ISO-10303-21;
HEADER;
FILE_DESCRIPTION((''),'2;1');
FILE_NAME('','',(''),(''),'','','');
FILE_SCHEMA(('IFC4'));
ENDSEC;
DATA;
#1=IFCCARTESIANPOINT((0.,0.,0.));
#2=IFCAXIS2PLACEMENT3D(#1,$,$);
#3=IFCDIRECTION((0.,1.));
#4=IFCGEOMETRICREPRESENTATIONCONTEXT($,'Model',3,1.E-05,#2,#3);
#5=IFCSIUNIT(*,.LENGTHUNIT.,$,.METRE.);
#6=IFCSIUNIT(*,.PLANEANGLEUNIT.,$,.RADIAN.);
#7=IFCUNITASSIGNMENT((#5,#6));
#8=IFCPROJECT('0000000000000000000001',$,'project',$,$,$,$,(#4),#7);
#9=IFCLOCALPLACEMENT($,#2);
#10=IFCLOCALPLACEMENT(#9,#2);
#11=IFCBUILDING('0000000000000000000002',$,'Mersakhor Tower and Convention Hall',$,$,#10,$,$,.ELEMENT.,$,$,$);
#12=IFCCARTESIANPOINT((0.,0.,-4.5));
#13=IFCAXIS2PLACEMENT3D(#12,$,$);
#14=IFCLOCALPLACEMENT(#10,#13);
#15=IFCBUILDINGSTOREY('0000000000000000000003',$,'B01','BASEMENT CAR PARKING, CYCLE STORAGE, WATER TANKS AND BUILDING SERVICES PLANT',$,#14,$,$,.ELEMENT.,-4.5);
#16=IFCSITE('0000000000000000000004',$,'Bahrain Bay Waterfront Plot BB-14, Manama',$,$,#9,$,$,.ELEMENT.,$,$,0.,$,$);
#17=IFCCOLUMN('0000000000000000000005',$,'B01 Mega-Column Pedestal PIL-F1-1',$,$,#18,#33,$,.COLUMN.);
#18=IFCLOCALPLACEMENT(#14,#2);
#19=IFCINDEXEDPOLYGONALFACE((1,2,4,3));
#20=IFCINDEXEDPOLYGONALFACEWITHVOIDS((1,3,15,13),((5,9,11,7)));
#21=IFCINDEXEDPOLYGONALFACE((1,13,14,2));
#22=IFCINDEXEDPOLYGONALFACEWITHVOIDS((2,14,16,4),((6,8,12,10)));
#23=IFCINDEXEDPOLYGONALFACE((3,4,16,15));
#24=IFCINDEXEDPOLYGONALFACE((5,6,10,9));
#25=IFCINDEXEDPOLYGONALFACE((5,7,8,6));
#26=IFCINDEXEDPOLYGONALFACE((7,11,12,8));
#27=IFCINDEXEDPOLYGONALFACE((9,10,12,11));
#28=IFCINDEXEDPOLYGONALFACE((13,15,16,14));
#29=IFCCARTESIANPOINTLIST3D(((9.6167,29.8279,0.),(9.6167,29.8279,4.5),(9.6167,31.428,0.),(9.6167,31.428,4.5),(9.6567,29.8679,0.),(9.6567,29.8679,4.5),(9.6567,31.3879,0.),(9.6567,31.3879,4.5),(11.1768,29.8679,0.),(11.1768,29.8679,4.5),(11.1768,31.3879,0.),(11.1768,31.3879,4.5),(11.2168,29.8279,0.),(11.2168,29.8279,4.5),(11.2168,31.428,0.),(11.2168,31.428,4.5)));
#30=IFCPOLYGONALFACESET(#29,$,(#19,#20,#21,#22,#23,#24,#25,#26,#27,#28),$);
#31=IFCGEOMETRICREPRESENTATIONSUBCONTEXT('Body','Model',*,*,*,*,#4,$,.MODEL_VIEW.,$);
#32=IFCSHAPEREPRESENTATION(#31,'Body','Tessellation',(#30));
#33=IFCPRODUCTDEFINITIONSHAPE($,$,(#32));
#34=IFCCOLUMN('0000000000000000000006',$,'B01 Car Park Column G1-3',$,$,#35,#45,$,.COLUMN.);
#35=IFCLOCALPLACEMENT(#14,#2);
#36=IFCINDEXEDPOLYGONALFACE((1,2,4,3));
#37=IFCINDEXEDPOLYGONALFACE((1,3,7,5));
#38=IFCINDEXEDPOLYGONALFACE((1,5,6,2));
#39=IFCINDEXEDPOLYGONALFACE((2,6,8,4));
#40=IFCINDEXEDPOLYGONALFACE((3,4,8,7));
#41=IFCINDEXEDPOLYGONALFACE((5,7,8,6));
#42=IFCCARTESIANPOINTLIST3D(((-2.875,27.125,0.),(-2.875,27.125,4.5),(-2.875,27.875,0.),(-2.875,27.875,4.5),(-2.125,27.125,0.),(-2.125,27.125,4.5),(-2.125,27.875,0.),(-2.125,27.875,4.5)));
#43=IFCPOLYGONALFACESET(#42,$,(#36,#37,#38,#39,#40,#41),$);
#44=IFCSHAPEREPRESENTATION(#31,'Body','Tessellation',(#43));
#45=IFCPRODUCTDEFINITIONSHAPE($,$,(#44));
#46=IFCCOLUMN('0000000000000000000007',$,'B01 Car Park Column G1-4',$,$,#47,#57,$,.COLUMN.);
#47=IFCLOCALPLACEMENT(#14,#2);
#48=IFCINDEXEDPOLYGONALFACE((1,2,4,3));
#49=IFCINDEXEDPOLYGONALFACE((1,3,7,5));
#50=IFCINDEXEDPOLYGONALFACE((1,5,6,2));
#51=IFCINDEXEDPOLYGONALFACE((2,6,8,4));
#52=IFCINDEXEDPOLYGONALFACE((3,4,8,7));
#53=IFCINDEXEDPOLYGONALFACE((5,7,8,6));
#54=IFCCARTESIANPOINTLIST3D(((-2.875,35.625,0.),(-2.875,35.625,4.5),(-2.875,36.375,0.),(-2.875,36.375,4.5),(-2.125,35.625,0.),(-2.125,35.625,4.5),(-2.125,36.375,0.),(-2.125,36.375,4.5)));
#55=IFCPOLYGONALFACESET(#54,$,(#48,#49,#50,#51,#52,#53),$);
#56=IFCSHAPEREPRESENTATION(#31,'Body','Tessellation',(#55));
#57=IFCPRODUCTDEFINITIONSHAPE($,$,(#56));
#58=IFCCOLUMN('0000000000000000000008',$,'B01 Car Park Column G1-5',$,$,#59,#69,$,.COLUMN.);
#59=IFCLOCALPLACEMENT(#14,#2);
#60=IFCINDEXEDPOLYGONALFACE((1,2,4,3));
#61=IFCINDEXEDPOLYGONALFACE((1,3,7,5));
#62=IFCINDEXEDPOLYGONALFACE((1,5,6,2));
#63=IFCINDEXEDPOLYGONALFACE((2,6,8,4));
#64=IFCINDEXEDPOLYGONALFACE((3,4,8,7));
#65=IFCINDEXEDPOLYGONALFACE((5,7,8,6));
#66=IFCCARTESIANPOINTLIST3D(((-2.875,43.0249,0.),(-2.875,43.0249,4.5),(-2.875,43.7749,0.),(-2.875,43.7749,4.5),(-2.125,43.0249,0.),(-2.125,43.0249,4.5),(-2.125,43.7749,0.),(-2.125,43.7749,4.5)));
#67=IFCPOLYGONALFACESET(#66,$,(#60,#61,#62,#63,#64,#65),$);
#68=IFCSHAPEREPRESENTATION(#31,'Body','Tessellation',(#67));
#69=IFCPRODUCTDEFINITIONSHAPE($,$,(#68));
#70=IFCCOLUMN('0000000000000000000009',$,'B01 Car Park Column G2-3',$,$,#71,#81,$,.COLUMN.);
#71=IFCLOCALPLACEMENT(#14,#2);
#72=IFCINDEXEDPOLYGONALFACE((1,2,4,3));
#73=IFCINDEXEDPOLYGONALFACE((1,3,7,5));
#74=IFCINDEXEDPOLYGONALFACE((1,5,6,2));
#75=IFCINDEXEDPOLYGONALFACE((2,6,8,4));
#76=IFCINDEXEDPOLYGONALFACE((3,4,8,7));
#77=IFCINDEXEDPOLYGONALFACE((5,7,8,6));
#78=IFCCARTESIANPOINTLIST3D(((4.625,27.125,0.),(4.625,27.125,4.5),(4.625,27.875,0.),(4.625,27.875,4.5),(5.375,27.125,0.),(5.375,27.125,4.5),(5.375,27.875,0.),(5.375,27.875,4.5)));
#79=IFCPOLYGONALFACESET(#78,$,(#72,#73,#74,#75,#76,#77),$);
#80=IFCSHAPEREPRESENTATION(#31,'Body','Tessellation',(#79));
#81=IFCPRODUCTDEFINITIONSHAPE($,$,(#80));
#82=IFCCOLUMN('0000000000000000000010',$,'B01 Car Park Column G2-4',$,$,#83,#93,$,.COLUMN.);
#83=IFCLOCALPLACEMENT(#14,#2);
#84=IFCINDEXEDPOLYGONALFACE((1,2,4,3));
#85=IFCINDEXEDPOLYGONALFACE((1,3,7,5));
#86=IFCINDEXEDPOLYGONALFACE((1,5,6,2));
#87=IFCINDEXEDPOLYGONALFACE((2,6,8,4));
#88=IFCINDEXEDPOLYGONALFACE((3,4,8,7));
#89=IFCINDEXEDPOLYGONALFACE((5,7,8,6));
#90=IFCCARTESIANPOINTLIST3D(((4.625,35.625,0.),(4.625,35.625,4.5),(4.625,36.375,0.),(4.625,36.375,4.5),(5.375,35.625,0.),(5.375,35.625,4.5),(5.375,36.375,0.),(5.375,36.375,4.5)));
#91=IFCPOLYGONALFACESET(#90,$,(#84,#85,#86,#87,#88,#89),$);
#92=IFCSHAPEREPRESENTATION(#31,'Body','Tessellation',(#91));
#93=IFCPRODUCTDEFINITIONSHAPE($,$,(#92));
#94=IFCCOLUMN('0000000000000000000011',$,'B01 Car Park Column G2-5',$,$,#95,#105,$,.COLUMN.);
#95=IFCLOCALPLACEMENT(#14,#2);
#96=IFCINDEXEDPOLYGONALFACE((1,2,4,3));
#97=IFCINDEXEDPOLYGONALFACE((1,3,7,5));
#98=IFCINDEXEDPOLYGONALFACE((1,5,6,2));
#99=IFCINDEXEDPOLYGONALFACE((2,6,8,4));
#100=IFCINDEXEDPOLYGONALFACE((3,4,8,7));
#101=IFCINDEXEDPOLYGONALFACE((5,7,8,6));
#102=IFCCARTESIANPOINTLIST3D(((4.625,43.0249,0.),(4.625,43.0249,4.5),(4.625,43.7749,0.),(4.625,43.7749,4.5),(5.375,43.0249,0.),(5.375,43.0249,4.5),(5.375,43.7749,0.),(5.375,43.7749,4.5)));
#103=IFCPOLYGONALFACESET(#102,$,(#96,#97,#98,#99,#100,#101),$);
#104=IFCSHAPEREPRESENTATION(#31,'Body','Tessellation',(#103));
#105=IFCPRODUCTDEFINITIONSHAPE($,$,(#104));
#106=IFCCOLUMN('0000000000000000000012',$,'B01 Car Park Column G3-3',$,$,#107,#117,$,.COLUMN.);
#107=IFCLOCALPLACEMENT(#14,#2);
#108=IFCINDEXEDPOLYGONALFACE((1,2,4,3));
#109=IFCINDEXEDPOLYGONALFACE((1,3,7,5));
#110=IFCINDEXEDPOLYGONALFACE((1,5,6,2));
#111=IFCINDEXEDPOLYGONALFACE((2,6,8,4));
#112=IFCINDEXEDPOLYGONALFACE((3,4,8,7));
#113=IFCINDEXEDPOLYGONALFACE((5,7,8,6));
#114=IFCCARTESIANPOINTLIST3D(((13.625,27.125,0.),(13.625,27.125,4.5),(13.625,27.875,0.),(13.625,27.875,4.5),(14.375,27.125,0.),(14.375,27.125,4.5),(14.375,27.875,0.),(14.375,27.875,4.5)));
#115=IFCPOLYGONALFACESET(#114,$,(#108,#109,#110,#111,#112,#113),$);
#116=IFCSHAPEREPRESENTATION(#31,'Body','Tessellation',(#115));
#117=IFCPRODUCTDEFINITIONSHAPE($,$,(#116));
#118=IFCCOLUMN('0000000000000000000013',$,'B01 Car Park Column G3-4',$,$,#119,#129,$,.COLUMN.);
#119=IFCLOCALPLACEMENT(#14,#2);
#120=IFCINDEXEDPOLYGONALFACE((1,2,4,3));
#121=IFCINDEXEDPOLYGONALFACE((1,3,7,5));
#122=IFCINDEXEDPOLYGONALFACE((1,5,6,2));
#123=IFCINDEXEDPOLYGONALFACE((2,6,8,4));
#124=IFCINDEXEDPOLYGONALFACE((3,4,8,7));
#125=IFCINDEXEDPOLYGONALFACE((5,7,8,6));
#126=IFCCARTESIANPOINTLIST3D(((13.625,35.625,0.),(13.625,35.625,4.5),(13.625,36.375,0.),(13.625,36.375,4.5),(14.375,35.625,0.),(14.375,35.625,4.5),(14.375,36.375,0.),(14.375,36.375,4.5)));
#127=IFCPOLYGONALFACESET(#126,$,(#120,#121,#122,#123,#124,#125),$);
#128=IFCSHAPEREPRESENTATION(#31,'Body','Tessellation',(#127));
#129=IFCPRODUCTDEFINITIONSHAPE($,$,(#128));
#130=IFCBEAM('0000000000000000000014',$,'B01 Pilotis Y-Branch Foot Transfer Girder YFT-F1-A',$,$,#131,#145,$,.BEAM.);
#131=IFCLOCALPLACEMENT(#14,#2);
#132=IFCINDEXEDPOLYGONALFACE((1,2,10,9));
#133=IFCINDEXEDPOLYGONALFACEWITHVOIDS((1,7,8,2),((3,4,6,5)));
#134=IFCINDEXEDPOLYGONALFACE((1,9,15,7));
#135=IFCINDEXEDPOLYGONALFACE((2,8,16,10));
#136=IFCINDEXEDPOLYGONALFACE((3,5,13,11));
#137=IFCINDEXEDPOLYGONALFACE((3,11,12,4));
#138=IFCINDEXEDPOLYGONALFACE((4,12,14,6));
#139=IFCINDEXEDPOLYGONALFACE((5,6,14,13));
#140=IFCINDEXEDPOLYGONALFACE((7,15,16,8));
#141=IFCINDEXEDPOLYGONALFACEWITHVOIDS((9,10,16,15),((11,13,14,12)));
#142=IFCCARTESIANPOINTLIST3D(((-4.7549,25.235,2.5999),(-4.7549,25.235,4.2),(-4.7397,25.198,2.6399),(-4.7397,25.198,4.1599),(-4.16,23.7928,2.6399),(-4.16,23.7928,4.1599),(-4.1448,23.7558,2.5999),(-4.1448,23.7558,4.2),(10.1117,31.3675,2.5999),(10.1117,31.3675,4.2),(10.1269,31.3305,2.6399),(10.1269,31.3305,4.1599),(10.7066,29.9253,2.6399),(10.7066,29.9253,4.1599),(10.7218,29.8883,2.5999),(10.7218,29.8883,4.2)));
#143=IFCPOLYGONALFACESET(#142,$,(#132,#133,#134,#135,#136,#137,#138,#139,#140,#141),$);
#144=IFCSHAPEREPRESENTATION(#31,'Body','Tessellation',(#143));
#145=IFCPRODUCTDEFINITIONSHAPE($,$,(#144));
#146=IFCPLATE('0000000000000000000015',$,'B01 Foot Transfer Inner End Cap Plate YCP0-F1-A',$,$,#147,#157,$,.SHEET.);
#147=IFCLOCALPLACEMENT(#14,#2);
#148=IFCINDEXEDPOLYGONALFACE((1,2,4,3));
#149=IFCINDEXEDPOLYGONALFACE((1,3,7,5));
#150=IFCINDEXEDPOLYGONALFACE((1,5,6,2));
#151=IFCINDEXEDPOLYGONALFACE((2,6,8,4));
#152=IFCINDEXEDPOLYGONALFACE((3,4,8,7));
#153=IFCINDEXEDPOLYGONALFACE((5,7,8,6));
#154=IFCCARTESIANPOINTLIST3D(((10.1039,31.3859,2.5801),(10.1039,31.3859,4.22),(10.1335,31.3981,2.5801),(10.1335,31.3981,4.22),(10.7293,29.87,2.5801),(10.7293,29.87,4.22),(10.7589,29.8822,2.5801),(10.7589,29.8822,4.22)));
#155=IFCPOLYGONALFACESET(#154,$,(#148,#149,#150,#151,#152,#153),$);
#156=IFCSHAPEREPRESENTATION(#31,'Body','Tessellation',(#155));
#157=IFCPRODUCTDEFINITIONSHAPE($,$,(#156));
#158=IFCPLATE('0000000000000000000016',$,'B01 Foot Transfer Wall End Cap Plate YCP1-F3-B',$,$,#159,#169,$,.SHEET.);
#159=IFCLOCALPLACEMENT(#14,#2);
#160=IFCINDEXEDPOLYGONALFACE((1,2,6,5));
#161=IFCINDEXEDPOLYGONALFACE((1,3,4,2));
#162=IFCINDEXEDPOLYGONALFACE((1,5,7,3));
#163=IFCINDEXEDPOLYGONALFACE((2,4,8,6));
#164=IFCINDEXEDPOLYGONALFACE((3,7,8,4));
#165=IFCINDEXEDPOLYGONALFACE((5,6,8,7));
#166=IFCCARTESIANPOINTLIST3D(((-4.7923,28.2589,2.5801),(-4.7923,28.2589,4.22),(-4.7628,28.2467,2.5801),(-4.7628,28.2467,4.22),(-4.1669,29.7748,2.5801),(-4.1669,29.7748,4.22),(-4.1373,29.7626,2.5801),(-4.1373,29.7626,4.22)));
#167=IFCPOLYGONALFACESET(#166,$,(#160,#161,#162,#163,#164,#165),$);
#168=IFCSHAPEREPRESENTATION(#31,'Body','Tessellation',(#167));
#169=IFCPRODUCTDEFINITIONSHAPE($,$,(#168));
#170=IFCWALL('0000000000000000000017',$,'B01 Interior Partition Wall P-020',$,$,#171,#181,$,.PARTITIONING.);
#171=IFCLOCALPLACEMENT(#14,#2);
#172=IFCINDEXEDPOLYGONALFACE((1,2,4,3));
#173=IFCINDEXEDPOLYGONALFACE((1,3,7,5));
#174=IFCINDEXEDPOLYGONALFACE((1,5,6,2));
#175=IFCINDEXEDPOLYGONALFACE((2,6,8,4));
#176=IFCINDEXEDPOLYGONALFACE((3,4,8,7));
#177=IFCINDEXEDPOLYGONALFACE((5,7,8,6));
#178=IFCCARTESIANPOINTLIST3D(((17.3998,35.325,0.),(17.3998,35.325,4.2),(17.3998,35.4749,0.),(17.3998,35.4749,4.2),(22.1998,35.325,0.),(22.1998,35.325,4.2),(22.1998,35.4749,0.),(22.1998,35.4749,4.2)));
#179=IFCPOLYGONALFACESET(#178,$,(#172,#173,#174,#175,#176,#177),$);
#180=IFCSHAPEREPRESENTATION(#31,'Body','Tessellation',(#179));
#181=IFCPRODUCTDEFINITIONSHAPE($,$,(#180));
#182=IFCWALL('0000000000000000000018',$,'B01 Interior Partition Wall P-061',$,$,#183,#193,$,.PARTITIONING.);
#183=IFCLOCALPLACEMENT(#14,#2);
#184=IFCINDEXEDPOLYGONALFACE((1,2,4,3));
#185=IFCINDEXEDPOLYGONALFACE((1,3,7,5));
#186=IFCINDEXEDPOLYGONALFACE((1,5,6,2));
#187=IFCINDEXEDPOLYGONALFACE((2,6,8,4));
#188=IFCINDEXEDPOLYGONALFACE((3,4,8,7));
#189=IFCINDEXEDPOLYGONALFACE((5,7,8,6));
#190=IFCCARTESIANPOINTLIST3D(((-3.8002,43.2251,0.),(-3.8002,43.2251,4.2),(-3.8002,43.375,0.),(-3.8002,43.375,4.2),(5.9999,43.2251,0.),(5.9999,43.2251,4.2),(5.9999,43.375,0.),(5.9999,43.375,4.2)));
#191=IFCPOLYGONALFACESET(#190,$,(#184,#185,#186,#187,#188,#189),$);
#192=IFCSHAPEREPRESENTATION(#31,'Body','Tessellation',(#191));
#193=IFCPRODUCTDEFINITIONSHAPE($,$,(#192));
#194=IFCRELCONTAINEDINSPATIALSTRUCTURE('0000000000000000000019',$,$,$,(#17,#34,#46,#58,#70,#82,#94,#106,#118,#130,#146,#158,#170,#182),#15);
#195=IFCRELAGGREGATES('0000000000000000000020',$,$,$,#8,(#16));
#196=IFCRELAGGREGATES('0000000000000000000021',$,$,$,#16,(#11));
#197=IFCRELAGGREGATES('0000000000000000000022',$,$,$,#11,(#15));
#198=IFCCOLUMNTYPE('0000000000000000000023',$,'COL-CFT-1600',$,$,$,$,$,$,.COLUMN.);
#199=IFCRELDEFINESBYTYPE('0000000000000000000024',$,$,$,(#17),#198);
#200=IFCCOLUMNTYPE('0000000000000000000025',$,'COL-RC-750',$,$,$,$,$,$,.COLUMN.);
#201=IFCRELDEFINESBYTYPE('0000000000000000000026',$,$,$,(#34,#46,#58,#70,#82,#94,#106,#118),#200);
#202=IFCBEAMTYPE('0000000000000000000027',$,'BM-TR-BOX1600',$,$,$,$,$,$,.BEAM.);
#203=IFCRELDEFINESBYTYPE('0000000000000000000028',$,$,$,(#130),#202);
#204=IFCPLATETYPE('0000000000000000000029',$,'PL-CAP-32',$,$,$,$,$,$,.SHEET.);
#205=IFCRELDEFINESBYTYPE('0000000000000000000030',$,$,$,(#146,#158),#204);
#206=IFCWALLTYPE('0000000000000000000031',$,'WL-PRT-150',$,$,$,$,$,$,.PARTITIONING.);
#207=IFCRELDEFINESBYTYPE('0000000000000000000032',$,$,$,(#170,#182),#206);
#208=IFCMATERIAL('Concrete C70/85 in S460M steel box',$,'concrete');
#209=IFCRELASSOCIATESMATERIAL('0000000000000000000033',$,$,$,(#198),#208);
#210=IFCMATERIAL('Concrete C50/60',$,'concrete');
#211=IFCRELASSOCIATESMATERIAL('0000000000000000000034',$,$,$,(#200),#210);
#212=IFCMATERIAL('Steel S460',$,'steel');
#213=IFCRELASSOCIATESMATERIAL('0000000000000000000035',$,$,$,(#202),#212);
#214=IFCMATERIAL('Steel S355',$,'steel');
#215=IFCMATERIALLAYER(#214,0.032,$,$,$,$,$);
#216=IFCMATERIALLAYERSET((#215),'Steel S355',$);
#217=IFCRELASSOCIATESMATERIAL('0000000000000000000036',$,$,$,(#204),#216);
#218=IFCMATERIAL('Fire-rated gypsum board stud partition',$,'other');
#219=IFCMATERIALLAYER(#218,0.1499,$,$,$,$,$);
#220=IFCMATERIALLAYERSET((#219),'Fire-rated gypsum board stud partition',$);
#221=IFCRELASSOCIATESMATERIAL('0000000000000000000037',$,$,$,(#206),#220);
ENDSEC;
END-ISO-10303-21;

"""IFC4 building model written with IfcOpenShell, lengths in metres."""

from ifc_helpers import new_model, si_unit, direction, frame, frame_2d, origin, origin_2d, place, context, subcontext, project, spatial, rectangle, hollow_rectangle, extrude, material, layer, layer_set, material_profile, profile_set, type_object, element, save


model = new_model("IFC4")

# Units and contexts
model_context = context("Model", 3, precision=1e-05, world=origin(), true_north=direction((0.0, 1.0)))
body_context = subcontext(model_context, "Body", "Model", "MODEL_VIEW")
ifc_project = project(units=[si_unit("LENGTHUNIT", "METRE"), si_unit("PLANEANGLEUNIT", "RADIAN")], contexts=[model_context])

# Site, building, storey
site_placement = place(None, origin())
site = spatial("IfcSite", under=ifc_project, at=site_placement, Name="Bahrain Bay Waterfront Plot BB-14, Manama", CompositionType="ELEMENT", RefElevation=0.0)
building_placement = place(site_placement, origin())
building = spatial("IfcBuilding", under=site, at=building_placement, Name="Mersakhor Tower and Convention Hall", CompositionType="ELEMENT")
storey_placement = place(building_placement, frame((0.0, 0.0, -4.5)))
storey = spatial("IfcBuildingStorey", under=building, at=storey_placement, Name="B01", Description="BASEMENT CAR PARKING, CYCLE STORAGE, WATER TANKS AND BUILDING SERVICES PLANT", CompositionType="ELEMENT", Elevation=-4.5)

# Columns
ifc_material_1 = material(Name="Concrete C70/85 in S460M steel box", Category="concrete")
ifc_material_profile_1 = material_profile(ifc_material_1, hollow_rectangle(XDim=1.6001, YDim=1.6001, WallThickness=0.04, at=origin_2d()), Name="SHS 1600x1600x40")
ifc_profile_set_1 = profile_set([ifc_material_profile_1], Name="Concrete C70/85 in S460M steel box")
column_type_1 = type_object("IfcColumnType", Name="COL-CFT-1600", PredefinedType="COLUMN", material=ifc_profile_set_1)
column_placement = place(storey_placement, frame((10.4167, 30.6279, 0.0), z_axis=(0.0, 0.0, 1.0), x_axis=(1.0, 0.0, 0.0)))
element("IfcColumn", 1, at=column_placement, inside=storey, type_object=column_type_1, Name="B01 Mega-Column Pedestal PIL-F1-1", PredefinedType="COLUMN", context=body_context, shape_type="SweptSolid", body=[
    extrude(hollow_rectangle(XDim=1.6001, YDim=1.6001, WallThickness=0.04, at=origin_2d()), origin(), (0.0, 0.0, 1.0), 4.5),
])
ifc_material_2 = material(Name="Concrete C50/60", Category="concrete")
ifc_material_profile_2 = material_profile(ifc_material_2, rectangle(XDim=0.75, YDim=0.75, at=origin_2d()), Name="RC 750x750")
ifc_profile_set_2 = profile_set([ifc_material_profile_2], Name="Concrete C50/60")
column_type_2 = type_object("IfcColumnType", Name="COL-RC-750", PredefinedType="COLUMN", material=ifc_profile_set_2)
for number, where, z_axis, x_axis, name in (
    (2, (-2.5, 27.5, 0.0), (0.0, 0.0, 1.0), (1.0, 0.0, 0.0), "B01 Car Park Column G1-3"),
    (3, (-2.5, 36.0, 0.0), (0.0, 0.0, 1.0), (1.0, 0.0, 0.0), "B01 Car Park Column G1-4"),
    (4, (-2.5, 43.3999, 0.0), (0.0, 0.0, 1.0), (1.0, 0.0, 0.0), "B01 Car Park Column G1-5"),
    (5, (5.0, 27.5, 0.0), (0.0, 0.0, 1.0), (1.0, 0.0, 0.0), "B01 Car Park Column G2-3"),
    (6, (5.0, 36.0, 0.0), (0.0, 0.0, 1.0), (1.0, 0.0, 0.0), "B01 Car Park Column G2-4"),
    (7, (5.0, 43.3999, 0.0), (0.0, 0.0, 1.0), (1.0, 0.0, 0.0), "B01 Car Park Column G2-5"),
    (8, (14.0, 27.5, 0.0), (0.0, 0.0, 1.0), (1.0, 0.0, 0.0), "B01 Car Park Column G3-3"),
    (9, (14.0, 36.0, 0.0), (0.0, 0.0, 1.0), (1.0, 0.0, 0.0), "B01 Car Park Column G3-4"),
):
    element("IfcColumn", number, at=place(storey_placement, frame(where, z_axis=z_axis, x_axis=x_axis)), inside=storey, type_object=column_type_2, Name=name, PredefinedType="COLUMN", context=body_context, shape_type="SweptSolid", body=[
        extrude(rectangle(XDim=0.75, YDim=0.75, at=origin_2d()), origin(), (0.0, 0.0, 1.0), 4.5),
    ])

# Beam
ifc_material_3 = material(Name="Steel S460", Category="steel")
ifc_material_profile_3 = material_profile(ifc_material_3, hollow_rectangle(XDim=1.6001, YDim=1.6001, WallThickness=0.04, at=origin_2d()), Name="SHS 1600x1600x40")
ifc_profile_set_3 = profile_set([ifc_material_profile_3], Name="Steel S460")
beam_type = type_object("IfcBeamType", Name="BM-TR-BOX1600", PredefinedType="BEAM", material=ifc_profile_set_3)
beam_placement = place(storey_placement, frame((10.4167, 30.6279, 3.3999), z_axis=(-0.924437, -0.381334, 0.0), x_axis=(0.381334, -0.924437, 0.0)))
element("IfcBeam", 10, at=beam_placement, inside=storey, type_object=beam_type, Name="B01 Pilotis Y-Branch Foot Transfer Girder YFT-F1-A", PredefinedType="BEAM", context=body_context, shape_type="SweptSolid", body=[
    extrude(hollow_rectangle(XDim=1.6001, YDim=1.6001, WallThickness=0.04, at=origin_2d()), origin(), (0.0, 0.0, 1.0), 16.0818),
])

# Plates
ifc_material_4 = material(Name="Steel S355", Category="steel")
ifc_layer_1 = layer(ifc_material_4, 0.032)
ifc_layer_set_1 = layer_set([ifc_layer_1], Name="Steel S355")
plate_type = type_object("IfcPlateType", Name="PL-CAP-32", PredefinedType="SHEET", material=ifc_layer_set_1)
for number, where, z_axis, x_axis, name in (
    (11, (10.4314, 30.634, 2.5801), (0.0, 0.0, 1.0), (-0.924413, -0.381393, 0.0), "B01 Foot Transfer Inner End Cap Plate YCP0-F1-A"),
    (12, (-4.4648, 29.0107, 2.5801), (0.0, 0.0, 1.0), (-0.924413, 0.381393, 0.0), "B01 Foot Transfer Wall End Cap Plate YCP1-F3-B"),
):
    element("IfcPlate", number, at=place(storey_placement, frame(where, z_axis=z_axis, x_axis=x_axis)), inside=storey, type_object=plate_type, Name=name, PredefinedType="SHEET", context=body_context, shape_type="SweptSolid", body=[
        extrude(rectangle(XDim=0.032, YDim=1.6399, at=origin_2d()), origin(), (0.0, 0.0, 1.0), 1.6399),
    ])

# Walls
ifc_material_5 = material(Name="Fire-rated gypsum board stud partition", Category="other")
ifc_layer_2 = layer(ifc_material_5, 0.1499)
ifc_layer_set_2 = layer_set([ifc_layer_2], Name="Fire-rated gypsum board stud partition")
wall_type_1 = type_object("IfcWallType", Name="WL-PRT-150", PredefinedType="PARTITIONING", material=ifc_layer_set_2)
wall_1_placement = place(storey_placement, frame((17.3999, 35.3999, 0.0), z_axis=(0.0, 0.0, 1.0), x_axis=(1.0, 0.0, 0.0)))
element("IfcWall", 13, at=wall_1_placement, inside=storey, type_object=wall_type_1, Name="B01 Interior Partition Wall P-020", PredefinedType="PARTITIONING", context=body_context, shape_type="SweptSolid", body=[
    extrude(rectangle(XDim=4.8, YDim=0.1499, at=frame_2d((2.3999, 0.0))), origin(), (0.0, 0.0, 1.0), 4.2),
])
wall_2_placement = place(storey_placement, frame((-3.8, 43.3, 0.0), z_axis=(0.0, 0.0, 1.0), x_axis=(1.0, 0.0, 0.0)))
element("IfcWall", 14, at=wall_2_placement, inside=storey, type_object=wall_type_1, Name="B01 Interior Partition Wall P-061", PredefinedType="PARTITIONING", context=body_context, shape_type="SweptSolid", body=[
    extrude(rectangle(XDim=9.8, YDim=0.1499, at=frame_2d((4.8999, 0.0))), origin(), (0.0, 0.0, 1.0), 4.2),
])

save(model, "model.ifc")
